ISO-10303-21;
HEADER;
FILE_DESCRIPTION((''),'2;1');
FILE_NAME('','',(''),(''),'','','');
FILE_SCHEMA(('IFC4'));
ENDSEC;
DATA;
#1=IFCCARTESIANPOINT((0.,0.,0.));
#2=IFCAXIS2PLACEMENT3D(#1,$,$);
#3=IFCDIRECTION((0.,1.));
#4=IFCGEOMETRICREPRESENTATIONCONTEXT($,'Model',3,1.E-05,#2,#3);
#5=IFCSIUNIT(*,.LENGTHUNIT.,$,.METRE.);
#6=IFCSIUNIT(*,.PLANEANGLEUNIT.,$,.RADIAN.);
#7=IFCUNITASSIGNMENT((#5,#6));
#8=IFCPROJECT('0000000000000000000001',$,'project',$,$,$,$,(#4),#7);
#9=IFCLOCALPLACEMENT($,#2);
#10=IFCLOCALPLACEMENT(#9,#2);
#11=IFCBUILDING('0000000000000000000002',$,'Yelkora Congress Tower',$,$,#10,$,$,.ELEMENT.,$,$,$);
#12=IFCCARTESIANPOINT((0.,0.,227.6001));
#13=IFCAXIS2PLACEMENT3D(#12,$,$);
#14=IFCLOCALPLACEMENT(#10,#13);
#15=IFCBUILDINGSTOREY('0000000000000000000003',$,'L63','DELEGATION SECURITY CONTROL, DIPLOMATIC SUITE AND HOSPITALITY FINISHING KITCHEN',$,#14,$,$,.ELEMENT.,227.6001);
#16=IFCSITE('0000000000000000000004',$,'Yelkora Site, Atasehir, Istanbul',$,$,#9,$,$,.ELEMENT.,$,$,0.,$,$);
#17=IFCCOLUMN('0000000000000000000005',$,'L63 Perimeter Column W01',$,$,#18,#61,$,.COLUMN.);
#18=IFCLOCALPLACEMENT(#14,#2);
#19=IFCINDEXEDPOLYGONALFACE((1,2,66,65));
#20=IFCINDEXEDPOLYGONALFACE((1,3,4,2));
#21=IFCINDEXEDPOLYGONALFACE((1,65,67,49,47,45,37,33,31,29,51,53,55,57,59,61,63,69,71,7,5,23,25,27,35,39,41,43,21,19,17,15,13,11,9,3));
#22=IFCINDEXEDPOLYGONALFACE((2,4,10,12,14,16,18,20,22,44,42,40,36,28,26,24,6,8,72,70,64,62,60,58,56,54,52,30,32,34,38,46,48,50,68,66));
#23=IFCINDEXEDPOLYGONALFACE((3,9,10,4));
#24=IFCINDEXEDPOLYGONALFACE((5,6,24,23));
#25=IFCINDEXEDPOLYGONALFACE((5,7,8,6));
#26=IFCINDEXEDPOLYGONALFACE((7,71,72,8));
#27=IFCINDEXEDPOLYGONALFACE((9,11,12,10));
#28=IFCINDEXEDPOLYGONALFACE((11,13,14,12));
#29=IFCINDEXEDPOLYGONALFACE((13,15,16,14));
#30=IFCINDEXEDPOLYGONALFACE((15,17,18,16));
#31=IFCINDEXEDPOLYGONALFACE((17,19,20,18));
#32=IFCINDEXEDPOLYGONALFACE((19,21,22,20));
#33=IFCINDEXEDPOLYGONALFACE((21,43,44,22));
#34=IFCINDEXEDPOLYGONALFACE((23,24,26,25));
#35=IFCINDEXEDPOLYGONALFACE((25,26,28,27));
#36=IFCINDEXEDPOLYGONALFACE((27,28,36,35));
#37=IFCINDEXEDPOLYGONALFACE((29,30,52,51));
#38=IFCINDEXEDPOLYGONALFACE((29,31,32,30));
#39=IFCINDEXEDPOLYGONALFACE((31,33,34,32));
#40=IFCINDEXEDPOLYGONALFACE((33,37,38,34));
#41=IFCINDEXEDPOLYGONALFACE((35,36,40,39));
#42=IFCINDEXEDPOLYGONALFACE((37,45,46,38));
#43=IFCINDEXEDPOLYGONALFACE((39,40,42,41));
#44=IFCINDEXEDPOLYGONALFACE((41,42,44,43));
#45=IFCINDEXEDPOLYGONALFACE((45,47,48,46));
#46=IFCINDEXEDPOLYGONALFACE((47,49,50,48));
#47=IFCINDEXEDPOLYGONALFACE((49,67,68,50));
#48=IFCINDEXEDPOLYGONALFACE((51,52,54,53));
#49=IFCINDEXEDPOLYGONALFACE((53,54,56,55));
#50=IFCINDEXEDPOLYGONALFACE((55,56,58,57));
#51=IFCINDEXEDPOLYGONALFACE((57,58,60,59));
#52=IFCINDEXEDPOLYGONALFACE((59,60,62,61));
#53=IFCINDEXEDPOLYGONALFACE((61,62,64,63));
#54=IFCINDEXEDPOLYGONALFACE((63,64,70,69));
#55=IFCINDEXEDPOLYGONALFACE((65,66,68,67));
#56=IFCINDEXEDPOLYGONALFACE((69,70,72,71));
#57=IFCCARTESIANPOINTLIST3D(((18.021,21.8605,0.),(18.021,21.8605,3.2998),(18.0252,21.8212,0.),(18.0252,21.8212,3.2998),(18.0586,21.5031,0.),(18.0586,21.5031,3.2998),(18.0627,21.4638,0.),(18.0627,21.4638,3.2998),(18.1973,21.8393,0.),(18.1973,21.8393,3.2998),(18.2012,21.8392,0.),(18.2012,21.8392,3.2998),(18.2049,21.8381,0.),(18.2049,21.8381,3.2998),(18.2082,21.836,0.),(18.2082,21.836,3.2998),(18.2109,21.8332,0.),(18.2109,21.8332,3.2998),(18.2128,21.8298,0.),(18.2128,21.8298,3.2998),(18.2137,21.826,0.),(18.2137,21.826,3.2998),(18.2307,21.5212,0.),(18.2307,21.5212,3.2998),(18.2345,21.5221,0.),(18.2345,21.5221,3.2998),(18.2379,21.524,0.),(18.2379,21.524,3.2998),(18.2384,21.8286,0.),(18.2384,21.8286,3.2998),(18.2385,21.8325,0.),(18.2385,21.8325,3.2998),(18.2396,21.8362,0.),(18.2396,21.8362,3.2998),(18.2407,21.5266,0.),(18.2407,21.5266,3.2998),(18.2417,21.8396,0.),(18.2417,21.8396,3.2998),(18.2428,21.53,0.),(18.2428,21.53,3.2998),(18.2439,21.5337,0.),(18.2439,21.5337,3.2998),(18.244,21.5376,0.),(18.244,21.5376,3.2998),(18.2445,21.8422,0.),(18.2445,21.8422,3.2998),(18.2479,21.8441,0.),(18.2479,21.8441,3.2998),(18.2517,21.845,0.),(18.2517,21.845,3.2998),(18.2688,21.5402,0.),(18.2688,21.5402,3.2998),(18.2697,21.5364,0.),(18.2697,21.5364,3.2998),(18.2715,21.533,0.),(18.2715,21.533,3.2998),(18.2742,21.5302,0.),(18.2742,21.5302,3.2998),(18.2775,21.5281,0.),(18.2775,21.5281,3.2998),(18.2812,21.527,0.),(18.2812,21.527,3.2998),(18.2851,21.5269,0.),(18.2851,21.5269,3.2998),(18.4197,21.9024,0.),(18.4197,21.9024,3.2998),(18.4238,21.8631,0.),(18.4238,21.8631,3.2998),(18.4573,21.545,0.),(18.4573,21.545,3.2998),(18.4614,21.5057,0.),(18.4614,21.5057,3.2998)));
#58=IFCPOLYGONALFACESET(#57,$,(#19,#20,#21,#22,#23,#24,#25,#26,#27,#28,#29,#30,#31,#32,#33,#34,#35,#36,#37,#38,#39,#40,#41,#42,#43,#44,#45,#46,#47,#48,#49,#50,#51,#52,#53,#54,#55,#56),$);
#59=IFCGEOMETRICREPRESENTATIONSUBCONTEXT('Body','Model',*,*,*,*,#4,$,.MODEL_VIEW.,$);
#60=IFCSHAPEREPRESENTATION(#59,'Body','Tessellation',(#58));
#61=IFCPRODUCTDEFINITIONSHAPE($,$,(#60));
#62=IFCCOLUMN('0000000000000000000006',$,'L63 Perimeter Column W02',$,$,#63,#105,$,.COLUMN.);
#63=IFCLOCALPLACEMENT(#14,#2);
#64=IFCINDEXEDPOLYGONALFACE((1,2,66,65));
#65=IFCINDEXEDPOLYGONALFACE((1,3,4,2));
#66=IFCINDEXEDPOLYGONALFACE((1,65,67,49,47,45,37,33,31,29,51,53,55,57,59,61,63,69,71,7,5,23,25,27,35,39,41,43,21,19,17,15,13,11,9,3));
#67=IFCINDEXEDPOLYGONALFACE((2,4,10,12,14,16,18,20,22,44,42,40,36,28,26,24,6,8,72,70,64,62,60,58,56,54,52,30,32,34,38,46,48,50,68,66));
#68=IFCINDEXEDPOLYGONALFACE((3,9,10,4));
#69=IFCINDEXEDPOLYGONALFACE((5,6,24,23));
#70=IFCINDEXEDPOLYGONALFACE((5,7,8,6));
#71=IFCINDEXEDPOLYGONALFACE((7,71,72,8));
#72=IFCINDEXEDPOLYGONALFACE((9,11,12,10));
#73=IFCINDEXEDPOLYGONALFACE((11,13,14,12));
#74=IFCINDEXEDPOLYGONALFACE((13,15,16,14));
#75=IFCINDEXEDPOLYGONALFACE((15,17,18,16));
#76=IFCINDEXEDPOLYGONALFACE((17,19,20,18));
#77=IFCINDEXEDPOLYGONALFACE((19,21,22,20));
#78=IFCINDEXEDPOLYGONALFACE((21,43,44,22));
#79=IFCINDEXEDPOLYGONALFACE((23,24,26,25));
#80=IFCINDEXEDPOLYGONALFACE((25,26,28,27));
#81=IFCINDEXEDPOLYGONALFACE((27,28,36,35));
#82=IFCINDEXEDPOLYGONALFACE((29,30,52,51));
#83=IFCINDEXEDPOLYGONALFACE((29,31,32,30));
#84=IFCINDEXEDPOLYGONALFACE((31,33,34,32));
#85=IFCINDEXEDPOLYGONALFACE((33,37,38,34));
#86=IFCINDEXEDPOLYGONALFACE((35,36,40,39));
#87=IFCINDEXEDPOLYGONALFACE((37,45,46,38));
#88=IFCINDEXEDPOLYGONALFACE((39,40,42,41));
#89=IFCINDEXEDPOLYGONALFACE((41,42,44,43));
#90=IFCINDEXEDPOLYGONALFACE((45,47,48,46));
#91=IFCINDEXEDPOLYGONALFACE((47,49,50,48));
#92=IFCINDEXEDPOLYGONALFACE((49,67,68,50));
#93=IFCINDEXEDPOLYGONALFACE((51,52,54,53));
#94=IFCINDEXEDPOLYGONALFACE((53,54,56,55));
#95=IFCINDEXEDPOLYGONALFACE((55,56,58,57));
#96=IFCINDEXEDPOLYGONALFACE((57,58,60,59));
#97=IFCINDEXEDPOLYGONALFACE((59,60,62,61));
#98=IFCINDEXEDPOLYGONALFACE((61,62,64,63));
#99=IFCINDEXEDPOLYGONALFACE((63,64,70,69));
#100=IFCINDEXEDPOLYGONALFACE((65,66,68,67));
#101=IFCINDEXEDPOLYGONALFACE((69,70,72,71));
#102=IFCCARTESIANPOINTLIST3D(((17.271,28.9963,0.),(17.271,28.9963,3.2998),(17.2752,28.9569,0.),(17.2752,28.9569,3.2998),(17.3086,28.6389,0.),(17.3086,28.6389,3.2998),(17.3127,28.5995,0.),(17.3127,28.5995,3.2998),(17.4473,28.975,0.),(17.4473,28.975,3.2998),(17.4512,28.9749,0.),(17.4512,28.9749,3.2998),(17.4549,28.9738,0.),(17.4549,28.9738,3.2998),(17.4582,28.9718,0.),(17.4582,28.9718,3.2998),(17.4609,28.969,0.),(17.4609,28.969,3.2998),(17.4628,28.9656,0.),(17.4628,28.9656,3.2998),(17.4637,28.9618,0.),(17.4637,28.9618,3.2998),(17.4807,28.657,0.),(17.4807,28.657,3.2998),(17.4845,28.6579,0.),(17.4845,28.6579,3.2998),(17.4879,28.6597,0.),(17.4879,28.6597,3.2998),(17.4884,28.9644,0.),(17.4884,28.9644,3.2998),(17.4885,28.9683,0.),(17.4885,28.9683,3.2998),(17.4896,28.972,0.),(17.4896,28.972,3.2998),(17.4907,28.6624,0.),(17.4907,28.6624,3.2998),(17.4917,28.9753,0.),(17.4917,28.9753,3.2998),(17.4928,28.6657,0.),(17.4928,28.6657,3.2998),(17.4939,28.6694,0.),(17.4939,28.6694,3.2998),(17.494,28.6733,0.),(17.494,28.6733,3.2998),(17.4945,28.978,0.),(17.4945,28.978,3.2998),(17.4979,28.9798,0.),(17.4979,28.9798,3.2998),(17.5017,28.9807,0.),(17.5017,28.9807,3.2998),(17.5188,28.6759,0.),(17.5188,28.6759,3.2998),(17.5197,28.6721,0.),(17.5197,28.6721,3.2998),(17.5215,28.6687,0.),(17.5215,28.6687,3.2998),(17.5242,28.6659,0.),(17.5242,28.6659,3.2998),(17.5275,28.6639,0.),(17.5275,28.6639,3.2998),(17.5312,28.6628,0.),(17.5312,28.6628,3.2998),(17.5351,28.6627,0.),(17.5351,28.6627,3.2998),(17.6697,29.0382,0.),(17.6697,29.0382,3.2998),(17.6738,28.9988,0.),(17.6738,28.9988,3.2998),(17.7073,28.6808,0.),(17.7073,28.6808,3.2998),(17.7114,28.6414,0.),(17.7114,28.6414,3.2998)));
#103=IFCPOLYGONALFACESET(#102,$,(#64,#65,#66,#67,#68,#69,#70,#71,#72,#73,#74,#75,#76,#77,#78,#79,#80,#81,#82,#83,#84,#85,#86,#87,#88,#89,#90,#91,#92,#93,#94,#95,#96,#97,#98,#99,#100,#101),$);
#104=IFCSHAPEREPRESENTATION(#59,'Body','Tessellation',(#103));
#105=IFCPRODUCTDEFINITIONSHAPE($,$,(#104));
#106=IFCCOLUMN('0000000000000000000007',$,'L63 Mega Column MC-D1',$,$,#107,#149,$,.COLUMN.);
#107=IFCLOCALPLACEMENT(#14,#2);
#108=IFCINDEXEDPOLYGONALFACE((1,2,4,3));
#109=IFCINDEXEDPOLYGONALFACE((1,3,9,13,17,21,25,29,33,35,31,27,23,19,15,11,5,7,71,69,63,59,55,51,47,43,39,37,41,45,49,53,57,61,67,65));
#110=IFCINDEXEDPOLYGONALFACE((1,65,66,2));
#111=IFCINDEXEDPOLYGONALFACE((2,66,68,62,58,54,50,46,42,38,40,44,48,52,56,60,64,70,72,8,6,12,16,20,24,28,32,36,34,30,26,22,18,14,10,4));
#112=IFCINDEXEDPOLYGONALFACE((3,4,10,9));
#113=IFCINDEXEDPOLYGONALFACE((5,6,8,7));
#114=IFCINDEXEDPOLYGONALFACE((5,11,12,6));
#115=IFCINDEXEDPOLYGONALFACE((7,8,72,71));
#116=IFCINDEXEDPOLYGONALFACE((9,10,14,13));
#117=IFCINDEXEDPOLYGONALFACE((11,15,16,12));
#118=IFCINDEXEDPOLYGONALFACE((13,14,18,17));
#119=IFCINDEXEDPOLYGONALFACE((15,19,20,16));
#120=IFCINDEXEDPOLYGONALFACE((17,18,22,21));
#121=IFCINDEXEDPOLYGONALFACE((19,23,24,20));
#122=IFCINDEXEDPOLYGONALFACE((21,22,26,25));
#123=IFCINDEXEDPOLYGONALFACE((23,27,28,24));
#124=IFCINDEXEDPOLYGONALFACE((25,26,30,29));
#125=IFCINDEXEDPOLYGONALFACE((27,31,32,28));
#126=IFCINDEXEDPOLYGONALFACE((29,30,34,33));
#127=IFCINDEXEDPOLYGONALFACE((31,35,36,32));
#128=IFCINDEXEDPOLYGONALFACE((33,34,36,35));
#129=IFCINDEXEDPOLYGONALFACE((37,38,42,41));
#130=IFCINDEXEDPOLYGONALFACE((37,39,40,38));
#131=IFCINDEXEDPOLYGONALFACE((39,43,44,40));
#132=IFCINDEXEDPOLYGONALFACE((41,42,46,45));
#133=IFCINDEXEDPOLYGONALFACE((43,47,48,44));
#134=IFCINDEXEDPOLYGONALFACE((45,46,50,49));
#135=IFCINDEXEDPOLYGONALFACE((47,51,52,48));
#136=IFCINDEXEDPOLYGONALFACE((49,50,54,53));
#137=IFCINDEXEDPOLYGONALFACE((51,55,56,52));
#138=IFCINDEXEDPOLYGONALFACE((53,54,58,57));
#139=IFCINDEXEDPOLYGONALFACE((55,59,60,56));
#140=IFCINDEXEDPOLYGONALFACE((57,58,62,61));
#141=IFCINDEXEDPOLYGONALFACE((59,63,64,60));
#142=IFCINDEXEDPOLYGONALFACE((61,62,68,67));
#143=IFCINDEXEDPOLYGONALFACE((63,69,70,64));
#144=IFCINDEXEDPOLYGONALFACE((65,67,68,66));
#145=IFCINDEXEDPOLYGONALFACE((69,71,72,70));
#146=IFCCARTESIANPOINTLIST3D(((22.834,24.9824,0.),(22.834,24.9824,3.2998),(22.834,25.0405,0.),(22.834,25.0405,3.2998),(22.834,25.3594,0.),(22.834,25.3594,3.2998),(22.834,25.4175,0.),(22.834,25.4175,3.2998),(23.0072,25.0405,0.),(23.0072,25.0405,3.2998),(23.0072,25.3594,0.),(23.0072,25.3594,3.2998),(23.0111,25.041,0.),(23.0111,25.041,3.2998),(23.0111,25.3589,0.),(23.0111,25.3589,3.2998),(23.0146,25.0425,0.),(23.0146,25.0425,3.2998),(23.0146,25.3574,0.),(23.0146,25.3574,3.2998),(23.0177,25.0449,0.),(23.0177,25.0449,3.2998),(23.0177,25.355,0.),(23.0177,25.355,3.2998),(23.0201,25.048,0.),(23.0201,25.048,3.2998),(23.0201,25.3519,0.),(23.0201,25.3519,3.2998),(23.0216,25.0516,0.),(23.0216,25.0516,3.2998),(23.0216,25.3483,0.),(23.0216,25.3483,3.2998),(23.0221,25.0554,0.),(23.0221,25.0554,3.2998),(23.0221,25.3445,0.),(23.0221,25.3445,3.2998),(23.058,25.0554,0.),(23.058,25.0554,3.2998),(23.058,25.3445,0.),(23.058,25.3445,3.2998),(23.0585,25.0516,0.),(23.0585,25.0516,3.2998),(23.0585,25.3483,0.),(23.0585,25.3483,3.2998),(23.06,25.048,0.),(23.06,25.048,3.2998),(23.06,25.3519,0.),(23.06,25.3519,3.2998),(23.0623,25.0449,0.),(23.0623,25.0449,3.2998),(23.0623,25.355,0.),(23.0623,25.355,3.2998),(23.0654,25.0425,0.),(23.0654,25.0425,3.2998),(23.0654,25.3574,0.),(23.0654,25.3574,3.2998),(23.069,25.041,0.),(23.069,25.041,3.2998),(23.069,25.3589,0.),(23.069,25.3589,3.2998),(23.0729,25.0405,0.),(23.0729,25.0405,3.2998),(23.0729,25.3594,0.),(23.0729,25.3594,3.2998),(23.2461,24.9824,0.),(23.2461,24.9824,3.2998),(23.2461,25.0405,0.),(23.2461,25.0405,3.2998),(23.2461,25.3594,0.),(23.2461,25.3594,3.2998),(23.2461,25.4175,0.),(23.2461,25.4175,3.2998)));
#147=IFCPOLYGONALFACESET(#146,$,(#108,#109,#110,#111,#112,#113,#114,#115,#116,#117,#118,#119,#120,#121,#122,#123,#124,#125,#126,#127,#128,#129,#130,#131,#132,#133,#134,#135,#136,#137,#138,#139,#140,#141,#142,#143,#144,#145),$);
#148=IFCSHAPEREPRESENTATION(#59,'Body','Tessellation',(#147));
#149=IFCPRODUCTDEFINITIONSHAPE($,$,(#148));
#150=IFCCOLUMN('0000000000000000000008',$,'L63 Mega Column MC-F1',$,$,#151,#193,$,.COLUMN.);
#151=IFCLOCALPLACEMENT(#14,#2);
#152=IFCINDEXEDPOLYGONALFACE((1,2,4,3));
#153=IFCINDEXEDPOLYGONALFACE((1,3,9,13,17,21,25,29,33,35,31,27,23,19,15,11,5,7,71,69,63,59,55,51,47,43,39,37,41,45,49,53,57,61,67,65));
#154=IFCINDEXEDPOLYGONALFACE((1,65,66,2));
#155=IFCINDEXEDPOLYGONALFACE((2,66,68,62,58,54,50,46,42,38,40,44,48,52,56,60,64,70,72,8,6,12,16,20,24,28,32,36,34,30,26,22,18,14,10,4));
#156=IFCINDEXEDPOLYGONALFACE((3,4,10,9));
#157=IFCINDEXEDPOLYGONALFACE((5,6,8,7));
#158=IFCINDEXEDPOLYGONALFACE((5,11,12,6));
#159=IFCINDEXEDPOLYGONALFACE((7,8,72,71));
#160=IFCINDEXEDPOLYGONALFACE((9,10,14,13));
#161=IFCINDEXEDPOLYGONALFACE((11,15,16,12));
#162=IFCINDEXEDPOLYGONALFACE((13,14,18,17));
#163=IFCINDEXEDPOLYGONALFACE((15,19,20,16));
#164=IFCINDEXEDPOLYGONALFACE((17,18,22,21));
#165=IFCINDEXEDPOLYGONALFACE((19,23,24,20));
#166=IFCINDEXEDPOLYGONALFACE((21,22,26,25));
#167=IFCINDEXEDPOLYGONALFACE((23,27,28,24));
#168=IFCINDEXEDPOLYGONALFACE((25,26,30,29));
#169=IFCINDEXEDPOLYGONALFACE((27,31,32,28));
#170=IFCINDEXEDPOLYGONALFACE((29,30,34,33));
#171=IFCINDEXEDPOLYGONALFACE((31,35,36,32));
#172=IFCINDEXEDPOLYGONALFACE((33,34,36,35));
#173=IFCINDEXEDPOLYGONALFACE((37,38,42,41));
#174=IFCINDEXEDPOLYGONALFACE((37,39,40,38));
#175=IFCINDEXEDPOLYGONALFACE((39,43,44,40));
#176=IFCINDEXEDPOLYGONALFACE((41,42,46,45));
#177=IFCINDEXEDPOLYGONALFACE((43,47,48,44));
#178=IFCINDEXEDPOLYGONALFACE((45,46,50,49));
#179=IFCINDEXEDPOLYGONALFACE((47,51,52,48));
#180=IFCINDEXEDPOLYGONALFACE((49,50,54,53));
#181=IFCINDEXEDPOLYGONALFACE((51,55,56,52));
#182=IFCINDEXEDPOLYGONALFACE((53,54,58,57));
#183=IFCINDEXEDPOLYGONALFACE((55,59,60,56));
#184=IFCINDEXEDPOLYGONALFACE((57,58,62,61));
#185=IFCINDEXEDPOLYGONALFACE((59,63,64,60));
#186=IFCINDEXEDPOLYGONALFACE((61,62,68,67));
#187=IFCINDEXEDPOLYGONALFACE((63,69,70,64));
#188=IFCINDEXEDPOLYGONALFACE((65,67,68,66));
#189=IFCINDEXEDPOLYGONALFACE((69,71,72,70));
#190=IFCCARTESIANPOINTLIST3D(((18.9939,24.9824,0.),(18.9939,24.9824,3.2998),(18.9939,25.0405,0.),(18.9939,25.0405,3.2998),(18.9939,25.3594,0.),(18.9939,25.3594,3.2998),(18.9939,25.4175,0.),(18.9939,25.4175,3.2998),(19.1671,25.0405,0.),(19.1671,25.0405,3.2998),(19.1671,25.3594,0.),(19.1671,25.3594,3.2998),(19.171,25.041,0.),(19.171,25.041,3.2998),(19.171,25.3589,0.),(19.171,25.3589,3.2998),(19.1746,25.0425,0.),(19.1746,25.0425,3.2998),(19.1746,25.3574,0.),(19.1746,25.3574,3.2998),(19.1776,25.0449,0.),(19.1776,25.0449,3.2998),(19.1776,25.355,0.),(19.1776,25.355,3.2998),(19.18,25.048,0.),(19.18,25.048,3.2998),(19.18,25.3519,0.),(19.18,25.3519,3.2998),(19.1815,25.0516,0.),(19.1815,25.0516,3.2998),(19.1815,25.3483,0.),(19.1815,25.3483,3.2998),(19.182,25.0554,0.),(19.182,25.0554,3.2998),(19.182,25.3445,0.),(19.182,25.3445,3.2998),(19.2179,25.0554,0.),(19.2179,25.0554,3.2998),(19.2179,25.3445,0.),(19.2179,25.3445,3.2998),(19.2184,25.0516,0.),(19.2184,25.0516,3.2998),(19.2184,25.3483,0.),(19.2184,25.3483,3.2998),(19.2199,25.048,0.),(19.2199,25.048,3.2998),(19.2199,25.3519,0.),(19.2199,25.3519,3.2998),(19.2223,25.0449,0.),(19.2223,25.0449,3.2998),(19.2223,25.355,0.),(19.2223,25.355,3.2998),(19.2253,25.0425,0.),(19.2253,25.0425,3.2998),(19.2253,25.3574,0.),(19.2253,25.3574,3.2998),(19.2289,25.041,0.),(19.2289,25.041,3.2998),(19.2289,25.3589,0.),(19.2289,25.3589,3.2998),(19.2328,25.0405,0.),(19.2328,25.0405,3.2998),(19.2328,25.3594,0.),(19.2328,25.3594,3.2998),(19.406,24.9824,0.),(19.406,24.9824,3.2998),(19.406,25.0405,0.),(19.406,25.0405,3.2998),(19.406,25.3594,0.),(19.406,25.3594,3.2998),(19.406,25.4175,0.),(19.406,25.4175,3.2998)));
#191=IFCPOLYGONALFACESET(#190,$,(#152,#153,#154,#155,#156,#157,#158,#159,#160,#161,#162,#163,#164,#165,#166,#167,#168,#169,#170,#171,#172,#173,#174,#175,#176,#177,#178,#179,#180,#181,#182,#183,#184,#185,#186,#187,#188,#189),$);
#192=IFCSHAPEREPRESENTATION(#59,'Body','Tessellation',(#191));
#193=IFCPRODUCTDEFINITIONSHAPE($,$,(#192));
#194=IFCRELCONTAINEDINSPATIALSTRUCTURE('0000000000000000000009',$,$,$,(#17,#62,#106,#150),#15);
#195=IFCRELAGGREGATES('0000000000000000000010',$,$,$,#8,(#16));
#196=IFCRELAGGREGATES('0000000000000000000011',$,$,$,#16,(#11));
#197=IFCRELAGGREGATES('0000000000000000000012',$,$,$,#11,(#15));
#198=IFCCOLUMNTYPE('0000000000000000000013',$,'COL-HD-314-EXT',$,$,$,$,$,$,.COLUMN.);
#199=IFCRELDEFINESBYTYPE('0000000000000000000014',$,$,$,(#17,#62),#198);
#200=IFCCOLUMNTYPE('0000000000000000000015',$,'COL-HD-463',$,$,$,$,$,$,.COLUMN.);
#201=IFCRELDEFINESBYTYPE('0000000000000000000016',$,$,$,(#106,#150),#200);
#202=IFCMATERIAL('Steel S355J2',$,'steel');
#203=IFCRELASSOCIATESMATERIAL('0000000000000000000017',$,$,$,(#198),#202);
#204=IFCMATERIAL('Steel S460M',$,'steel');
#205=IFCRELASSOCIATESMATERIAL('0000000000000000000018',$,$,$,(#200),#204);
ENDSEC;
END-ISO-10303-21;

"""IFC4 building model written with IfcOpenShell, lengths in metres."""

from ifc_helpers import new_model, si_unit, direction, frame, origin, origin_2d, place, context, subcontext, project, spatial, i_section, extrude, material, material_profile, profile_set, type_object, element, save


model = new_model("IFC4")

# Units and contexts
model_context = context("Model", 3, precision=1e-05, world=origin(), true_north=direction((0.0, 1.0)))
body_context = subcontext(model_context, "Body", "Model", "MODEL_VIEW")
ifc_project = project(units=[si_unit("LENGTHUNIT", "METRE"), si_unit("PLANEANGLEUNIT", "RADIAN")], contexts=[model_context])

# Site, building, storey
site_placement = place(None, origin())
site = spatial("IfcSite", under=ifc_project, at=site_placement, Name="Yelkora Site, Atasehir, Istanbul", CompositionType="ELEMENT", RefElevation=0.0)
building_placement = place(site_placement, origin())
building = spatial("IfcBuilding", under=site, at=building_placement, Name="Yelkora Congress Tower", CompositionType="ELEMENT")
storey_placement = place(building_placement, frame((0.0, 0.0, 227.6001)))
storey = spatial("IfcBuildingStorey", under=building, at=storey_placement, Name="L63", Description="DELEGATION SECURITY CONTROL, DIPLOMATIC SUITE AND HOSPITALITY FINISHING KITCHEN", CompositionType="ELEMENT", Elevation=227.6001)

# Columns
ifc_material_1 = material(Name="Steel S355J2", Category="steel")
ifc_material_profile_1 = material_profile(ifc_material_1, i_section(OverallWidth=0.4009, OverallDepth=0.3989, WebThickness=0.0249, FlangeThickness=0.0396, FilletRadius=0.0149, at=origin_2d()), Name="HD 400x314")
ifc_profile_set_1 = profile_set([ifc_material_profile_1], Name="Steel S355J2")
column_type_1 = type_object("IfcColumnType", Name="COL-HD-314-EXT", PredefinedType="COLUMN", material=ifc_profile_set_1)
for number, where, z_axis, x_axis, name in (
    (1, (18.2412, 21.6831, 0.0), (0.0, 0.0, 1.0), (0.994522, 0.104528, 0.0), "L63 Perimeter Column W01"),
    (2, (17.4912, 28.8188, 0.0), (0.0, 0.0, 1.0), (0.994522, 0.104528, 0.0), "L63 Perimeter Column W02"),
):
    element("IfcColumn", number, at=place(storey_placement, frame(where, z_axis=z_axis, x_axis=x_axis)), inside=storey, type_object=column_type_1, Name=name, PredefinedType="COLUMN", context=body_context, shape_type="SweptSolid", body=[
        extrude(i_section(OverallWidth=0.4009, OverallDepth=0.3989, WebThickness=0.0249, FlangeThickness=0.0396, FilletRadius=0.0149, at=origin_2d()), origin(), (0.0, 0.0, 1.0), 3.2998),
    ])
ifc_material_2 = material(Name="Steel S460M", Category="steel")
ifc_material_profile_2 = material_profile(ifc_material_2, i_section(OverallWidth=0.4121, OverallDepth=0.4351, WebThickness=0.0359, FlangeThickness=0.0581, FilletRadius=0.0149, at=origin_2d()), Name="HD 400x463")
ifc_profile_set_2 = profile_set([ifc_material_profile_2], Name="Steel S460M")
column_type_2 = type_object("IfcColumnType", Name="COL-HD-463", PredefinedType="COLUMN", material=ifc_profile_set_2)
for number, where, z_axis, x_axis, name in (
    (3, (23.04, 25.2, 0.0), (0.0, 0.0, 1.0), (1.0, 0.0, 0.0), "L63 Mega Column MC-D1"),
    (4, (19.2, 25.2, 0.0), (0.0, 0.0, 1.0), (1.0, 0.0, 0.0), "L63 Mega Column MC-F1"),
):
    element("IfcColumn", number, at=place(storey_placement, frame(where, z_axis=z_axis, x_axis=x_axis)), inside=storey, type_object=column_type_2, Name=name, PredefinedType="COLUMN", context=body_context, shape_type="SweptSolid", body=[
        extrude(i_section(OverallWidth=0.4121, OverallDepth=0.4351, WebThickness=0.0359, FlangeThickness=0.0581, FilletRadius=0.0149, at=origin_2d()), origin(), (0.0, 0.0, 1.0), 3.2998),
    ])

save(model, "model.ifc")
